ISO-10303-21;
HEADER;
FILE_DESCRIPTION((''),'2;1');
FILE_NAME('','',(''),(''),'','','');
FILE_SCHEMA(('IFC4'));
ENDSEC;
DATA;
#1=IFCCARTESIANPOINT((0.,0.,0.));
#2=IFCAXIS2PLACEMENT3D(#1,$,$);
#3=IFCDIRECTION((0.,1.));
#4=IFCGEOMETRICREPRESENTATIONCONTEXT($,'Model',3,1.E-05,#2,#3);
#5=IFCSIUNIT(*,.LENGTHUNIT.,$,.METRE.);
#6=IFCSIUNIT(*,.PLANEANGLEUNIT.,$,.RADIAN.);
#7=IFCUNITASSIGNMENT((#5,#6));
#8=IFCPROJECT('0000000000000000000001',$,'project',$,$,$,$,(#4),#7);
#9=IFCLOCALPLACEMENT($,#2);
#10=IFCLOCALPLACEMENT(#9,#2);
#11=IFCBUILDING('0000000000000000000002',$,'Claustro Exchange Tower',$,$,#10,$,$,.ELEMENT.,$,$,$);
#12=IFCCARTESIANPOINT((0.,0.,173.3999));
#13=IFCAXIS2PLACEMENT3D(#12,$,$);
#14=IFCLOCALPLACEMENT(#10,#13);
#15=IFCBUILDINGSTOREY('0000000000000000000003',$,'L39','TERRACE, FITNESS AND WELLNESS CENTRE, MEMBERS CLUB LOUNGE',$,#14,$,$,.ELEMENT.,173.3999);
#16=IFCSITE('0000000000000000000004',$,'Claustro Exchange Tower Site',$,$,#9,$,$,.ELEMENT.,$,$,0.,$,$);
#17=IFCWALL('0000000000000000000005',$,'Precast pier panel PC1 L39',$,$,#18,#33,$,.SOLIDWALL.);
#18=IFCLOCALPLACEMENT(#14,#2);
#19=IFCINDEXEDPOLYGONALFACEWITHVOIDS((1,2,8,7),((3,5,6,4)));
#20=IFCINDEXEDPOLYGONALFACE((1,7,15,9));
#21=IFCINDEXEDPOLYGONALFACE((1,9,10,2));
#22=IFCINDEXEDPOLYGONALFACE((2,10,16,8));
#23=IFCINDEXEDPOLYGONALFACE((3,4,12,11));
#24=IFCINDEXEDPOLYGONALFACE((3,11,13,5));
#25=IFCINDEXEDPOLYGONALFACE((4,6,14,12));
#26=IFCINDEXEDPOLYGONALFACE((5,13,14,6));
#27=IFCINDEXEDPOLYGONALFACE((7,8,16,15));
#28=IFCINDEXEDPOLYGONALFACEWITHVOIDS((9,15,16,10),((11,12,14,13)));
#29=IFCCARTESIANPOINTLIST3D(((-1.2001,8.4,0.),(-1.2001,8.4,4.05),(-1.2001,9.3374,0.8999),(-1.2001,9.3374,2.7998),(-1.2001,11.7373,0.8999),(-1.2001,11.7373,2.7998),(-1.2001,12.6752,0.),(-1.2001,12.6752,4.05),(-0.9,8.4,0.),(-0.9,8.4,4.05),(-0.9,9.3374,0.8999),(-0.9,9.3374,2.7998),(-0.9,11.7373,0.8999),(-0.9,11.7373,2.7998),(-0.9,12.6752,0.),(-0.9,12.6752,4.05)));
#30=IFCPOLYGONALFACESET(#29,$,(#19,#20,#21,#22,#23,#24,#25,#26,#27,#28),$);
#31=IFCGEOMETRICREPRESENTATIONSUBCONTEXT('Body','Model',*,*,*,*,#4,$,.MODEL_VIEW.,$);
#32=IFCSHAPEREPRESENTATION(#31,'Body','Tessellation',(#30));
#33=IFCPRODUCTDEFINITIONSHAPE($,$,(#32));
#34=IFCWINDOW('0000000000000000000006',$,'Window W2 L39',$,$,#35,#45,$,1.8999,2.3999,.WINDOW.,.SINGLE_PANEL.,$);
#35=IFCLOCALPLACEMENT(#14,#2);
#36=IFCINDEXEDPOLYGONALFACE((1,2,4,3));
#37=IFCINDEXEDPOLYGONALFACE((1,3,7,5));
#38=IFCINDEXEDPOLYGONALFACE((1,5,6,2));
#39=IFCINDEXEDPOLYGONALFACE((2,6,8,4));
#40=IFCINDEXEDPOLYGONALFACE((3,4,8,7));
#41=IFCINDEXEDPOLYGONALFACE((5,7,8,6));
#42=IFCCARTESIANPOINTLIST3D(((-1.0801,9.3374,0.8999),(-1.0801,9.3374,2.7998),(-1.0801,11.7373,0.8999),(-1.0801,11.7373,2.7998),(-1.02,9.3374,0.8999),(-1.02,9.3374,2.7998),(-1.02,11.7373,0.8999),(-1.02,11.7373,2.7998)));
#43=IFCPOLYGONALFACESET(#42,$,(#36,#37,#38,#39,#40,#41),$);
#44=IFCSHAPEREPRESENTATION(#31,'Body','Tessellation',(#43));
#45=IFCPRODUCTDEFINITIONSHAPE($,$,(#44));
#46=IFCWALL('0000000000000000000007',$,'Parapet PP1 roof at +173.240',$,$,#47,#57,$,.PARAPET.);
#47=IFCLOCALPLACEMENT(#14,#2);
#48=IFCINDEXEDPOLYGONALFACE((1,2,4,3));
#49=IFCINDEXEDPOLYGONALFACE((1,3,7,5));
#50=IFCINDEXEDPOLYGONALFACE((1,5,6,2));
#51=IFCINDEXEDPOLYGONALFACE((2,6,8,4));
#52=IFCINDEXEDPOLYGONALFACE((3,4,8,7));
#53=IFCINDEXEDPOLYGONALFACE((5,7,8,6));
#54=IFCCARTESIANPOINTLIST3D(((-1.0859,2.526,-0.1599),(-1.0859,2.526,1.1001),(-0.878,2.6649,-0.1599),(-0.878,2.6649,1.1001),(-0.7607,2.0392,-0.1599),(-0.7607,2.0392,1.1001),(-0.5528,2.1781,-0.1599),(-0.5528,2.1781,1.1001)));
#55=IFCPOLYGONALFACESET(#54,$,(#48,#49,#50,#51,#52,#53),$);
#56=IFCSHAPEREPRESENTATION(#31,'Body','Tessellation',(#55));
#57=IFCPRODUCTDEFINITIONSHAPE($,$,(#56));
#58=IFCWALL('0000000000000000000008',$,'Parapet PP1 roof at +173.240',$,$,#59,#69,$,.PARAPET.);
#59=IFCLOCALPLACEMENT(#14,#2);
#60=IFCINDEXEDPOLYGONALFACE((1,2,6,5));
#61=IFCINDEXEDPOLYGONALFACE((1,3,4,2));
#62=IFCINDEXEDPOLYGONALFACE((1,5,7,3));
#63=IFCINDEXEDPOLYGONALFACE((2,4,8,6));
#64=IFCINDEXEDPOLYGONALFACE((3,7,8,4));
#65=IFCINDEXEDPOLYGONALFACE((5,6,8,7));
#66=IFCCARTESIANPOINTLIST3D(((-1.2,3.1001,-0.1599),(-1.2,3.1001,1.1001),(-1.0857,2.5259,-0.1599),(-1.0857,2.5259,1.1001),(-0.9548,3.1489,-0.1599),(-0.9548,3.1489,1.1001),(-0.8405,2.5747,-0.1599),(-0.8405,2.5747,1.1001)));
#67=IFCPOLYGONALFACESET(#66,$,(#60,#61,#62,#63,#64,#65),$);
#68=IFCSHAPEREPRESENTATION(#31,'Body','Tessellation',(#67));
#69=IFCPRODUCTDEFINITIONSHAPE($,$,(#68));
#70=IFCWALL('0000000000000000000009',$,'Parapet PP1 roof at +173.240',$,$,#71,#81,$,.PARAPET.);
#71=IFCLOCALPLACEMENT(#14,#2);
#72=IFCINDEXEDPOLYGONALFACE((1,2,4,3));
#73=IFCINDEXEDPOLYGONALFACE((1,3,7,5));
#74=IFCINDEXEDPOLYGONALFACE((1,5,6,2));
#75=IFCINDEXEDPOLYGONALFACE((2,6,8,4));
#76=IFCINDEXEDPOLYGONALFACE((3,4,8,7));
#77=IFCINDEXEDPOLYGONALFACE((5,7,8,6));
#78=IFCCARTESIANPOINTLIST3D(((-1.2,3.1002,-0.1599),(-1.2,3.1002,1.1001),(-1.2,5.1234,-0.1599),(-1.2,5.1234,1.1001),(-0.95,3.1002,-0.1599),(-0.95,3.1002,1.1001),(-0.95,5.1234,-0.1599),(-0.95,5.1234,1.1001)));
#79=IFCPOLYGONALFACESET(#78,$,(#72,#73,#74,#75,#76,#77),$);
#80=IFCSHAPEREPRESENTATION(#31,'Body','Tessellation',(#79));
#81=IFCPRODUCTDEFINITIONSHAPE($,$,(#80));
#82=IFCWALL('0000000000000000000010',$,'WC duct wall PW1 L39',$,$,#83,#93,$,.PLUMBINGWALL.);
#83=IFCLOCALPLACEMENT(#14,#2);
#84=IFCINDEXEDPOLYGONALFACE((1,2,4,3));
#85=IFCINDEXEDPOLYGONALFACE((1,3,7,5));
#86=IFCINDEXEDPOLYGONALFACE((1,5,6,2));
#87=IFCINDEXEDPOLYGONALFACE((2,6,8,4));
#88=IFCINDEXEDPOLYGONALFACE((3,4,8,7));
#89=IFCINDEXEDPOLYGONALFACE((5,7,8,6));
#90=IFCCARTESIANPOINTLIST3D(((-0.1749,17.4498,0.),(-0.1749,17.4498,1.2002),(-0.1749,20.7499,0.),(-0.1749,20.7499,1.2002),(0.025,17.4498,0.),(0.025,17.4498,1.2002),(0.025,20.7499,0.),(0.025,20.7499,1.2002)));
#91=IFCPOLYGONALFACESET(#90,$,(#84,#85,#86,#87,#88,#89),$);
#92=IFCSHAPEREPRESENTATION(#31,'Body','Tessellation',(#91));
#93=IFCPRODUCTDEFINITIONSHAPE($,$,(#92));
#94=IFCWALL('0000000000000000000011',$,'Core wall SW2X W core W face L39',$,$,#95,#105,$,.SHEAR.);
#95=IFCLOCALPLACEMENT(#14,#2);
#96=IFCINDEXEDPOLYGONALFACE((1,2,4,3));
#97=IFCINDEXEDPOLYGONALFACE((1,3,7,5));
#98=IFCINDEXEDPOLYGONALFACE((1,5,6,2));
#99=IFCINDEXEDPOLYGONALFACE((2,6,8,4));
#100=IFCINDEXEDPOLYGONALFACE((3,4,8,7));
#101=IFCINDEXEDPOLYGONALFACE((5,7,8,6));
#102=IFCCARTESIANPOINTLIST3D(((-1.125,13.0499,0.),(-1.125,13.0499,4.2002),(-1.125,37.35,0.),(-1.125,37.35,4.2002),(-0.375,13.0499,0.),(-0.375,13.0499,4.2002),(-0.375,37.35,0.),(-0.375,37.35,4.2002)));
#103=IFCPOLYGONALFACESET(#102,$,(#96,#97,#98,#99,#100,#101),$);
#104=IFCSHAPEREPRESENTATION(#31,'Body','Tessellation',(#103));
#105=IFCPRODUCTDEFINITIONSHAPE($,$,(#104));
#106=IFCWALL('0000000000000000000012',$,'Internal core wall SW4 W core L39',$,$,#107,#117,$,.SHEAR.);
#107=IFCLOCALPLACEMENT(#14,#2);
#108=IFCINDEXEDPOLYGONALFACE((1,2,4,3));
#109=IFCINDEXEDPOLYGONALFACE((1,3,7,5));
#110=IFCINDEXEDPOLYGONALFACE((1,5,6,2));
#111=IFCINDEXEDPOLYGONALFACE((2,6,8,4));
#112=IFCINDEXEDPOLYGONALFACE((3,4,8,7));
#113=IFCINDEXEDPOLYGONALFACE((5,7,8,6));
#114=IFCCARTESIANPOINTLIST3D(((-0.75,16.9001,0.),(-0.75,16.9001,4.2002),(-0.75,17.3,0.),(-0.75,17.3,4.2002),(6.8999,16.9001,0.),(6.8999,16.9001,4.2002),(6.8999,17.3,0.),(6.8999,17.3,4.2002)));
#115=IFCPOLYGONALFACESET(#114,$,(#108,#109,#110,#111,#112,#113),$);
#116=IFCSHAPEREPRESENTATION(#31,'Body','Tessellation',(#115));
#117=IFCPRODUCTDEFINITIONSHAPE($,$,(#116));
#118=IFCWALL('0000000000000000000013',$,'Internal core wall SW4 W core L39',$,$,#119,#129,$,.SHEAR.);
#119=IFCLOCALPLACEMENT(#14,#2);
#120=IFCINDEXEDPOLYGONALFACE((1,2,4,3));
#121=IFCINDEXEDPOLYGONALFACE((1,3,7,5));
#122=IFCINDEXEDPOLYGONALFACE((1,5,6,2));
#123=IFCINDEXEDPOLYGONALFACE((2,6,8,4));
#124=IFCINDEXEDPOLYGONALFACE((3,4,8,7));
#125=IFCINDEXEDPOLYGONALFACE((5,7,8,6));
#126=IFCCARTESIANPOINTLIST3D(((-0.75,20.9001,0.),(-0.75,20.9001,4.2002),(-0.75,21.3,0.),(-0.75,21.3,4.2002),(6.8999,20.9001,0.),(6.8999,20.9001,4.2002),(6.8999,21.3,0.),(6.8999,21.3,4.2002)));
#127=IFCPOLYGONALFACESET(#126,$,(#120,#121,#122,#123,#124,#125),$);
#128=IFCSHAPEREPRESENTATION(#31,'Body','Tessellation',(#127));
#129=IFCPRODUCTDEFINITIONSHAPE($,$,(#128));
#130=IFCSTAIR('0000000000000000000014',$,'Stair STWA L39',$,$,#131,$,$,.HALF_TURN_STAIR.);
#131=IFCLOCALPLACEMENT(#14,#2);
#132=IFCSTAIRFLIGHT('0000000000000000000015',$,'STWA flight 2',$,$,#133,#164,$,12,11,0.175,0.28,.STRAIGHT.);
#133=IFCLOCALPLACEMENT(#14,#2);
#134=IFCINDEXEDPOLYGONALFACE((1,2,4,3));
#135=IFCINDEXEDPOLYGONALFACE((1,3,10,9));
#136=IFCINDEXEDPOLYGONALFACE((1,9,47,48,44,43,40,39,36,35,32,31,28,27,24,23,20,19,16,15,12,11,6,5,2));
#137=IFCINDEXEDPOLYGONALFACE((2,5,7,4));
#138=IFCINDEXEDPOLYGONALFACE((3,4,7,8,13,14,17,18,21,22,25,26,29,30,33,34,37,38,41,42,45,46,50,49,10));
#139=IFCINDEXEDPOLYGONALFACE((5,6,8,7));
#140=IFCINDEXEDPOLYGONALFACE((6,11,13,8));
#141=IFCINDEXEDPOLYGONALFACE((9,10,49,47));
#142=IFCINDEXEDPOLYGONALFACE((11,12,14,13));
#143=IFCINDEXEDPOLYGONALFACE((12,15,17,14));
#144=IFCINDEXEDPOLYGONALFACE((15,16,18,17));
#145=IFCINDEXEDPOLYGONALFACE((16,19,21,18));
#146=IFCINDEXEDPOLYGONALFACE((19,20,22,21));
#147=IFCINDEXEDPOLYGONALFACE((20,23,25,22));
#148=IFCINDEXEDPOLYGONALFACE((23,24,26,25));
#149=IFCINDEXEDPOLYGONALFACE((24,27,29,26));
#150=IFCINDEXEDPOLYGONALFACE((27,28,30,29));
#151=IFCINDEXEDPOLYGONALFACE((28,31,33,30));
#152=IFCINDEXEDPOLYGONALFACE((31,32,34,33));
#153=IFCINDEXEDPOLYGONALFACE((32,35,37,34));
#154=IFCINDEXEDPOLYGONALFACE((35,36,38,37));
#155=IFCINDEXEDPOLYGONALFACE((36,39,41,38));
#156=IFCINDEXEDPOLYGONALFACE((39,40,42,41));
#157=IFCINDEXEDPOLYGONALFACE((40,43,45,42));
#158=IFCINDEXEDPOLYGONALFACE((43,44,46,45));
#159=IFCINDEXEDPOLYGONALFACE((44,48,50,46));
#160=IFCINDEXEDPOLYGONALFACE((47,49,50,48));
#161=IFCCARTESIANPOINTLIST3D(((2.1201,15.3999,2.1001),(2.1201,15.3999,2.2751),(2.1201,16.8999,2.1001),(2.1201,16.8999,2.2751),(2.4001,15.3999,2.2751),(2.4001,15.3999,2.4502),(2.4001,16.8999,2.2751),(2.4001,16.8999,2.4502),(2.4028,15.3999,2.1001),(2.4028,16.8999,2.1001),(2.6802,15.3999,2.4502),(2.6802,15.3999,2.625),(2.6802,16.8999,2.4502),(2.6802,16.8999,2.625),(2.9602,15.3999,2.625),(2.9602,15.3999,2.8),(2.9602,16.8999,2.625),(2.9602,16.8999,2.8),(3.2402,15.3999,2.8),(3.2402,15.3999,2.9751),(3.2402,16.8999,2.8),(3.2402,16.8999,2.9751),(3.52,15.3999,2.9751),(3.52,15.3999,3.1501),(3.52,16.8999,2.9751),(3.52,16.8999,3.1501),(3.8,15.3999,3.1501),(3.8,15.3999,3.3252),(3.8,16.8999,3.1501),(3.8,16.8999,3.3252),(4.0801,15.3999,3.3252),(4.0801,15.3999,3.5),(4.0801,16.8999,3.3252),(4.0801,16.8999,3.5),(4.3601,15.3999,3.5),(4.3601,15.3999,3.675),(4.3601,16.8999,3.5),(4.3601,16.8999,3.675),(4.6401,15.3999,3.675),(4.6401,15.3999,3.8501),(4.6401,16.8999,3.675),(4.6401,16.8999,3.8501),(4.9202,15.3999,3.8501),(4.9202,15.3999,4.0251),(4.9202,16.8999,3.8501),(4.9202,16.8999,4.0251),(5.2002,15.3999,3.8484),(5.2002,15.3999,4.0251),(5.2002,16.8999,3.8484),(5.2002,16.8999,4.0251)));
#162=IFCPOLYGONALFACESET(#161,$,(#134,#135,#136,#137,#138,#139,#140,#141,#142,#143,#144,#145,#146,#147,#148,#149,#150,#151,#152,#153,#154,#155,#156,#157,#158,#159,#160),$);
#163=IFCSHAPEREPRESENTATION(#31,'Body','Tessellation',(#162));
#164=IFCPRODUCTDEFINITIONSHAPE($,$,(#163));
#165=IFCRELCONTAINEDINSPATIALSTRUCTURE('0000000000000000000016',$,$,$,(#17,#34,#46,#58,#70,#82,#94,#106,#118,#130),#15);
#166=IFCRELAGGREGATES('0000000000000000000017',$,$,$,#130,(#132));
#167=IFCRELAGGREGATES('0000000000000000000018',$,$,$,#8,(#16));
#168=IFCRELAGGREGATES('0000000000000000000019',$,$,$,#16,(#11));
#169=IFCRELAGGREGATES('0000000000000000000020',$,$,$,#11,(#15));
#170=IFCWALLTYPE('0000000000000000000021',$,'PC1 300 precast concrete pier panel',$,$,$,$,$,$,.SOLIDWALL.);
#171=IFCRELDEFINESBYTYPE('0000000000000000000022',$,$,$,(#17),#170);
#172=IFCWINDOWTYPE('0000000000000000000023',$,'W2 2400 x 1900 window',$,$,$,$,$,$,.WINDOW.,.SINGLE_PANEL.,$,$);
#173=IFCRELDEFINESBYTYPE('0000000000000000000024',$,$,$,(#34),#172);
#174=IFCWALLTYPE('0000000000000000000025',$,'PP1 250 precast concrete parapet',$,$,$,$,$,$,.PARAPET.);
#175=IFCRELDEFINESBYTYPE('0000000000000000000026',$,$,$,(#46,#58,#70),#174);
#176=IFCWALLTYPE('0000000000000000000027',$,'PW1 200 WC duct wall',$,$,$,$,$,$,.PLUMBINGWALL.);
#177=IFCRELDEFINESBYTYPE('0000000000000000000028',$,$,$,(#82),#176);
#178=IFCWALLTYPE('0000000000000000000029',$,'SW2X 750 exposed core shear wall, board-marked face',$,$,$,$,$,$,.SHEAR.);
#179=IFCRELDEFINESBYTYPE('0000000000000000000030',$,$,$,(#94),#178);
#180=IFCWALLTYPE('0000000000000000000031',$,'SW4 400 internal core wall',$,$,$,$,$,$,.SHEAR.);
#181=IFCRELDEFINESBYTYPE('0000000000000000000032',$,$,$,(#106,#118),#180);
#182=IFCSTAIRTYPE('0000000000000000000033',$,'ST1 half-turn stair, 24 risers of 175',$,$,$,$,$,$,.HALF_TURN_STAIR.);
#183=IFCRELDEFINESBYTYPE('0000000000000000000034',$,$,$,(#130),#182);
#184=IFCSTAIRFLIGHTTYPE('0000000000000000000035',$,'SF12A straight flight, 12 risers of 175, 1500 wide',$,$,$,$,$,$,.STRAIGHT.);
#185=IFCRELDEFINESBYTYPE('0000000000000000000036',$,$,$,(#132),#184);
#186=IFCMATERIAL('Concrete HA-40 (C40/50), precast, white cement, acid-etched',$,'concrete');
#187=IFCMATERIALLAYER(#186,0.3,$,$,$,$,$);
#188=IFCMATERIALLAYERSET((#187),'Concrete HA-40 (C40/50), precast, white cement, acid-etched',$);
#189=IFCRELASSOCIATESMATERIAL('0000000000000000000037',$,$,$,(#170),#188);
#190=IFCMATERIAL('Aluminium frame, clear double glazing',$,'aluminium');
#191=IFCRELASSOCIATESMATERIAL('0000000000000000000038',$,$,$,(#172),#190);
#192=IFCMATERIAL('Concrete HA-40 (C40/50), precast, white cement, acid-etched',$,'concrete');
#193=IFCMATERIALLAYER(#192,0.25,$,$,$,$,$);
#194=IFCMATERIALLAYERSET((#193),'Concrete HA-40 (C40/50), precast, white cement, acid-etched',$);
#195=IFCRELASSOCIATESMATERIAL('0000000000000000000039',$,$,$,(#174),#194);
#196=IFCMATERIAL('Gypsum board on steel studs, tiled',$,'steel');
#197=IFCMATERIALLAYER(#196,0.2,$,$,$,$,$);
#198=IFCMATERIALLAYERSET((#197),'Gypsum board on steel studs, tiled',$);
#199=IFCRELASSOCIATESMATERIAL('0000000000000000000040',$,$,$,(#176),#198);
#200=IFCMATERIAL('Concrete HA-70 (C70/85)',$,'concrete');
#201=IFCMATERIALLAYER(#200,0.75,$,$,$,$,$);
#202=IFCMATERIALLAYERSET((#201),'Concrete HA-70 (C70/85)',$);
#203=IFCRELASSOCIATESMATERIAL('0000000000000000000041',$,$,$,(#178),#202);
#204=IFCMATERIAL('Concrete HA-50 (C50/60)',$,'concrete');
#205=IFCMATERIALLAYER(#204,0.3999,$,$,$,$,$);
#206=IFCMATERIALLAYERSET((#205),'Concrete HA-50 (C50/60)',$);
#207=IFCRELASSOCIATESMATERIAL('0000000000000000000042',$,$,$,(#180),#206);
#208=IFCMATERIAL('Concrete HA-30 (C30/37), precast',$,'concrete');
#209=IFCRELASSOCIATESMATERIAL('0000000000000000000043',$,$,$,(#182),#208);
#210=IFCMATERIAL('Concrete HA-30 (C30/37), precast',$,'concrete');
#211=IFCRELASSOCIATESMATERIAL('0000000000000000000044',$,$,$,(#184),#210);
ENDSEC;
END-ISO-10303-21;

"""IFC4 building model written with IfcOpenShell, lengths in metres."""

from ifc_helpers import new_model, si_unit, direction, frame, frame_2d, origin, place, context, subcontext, project, spatial, polyline, rectangle, outline, extrude, material, layer, layer_set, type_object, element, fill, aggregate, save


model = new_model("IFC4")

# Units and contexts
model_context = context("Model", 3, precision=1e-05, world=origin(), true_north=direction((0.0, 1.0)))
body_context = subcontext(model_context, "Body", "Model", "MODEL_VIEW")
ifc_project = project(units=[si_unit("LENGTHUNIT", "METRE"), si_unit("PLANEANGLEUNIT", "RADIAN")], contexts=[model_context])

# Site, building, storey
site_placement = place(None, origin())
site = spatial("IfcSite", under=ifc_project, at=site_placement, Name="Claustro Exchange Tower Site", CompositionType="ELEMENT", RefElevation=0.0)
building_placement = place(site_placement, origin())
building = spatial("IfcBuilding", under=site, at=building_placement, Name="Claustro Exchange Tower", CompositionType="ELEMENT")
storey_placement = place(building_placement, frame((0.0, 0.0, 173.3999)))
storey = spatial("IfcBuildingStorey", under=building, at=storey_placement, Name="L39", Description="TERRACE, FITNESS AND WELLNESS CENTRE, MEMBERS CLUB LOUNGE", CompositionType="ELEMENT", Elevation=173.3999)

# Shared definitions
ifc_material_1 = material(Name="Concrete HA-40 (C40/50), precast, white cement, acid-etched", Category="concrete")
ifc_layer_1 = layer(ifc_material_1, 0.3)
ifc_layer_set_1 = layer_set([ifc_layer_1], Name="Concrete HA-40 (C40/50), precast, white cement, acid-etched")
wall_type_1 = type_object("IfcWallType", Name="PC1 300 precast concrete pier panel", PredefinedType="SOLIDWALL", material=ifc_layer_set_1)

# Wall, opening, window
wall_1_placement = place(storey_placement, frame((-1.05, 8.3999, 0.0), z_axis=(0.0, 0.0, 1.0), x_axis=(0.0, 1.0, 0.0)))
wall_1 = element("IfcWall", 1, at=wall_1_placement, inside=storey, type_object=wall_type_1, Name="Precast pier panel PC1 L39", PredefinedType="SOLIDWALL", context=body_context, shape_type="SweptSolid", body=[
    extrude(rectangle(XDim=4.2751, YDim=0.3, at=frame_2d((2.1377, 0.0))), origin(), (0.0, 0.0, 1.0), 4.05),
])
opening_1_placement = place(wall_1_placement, frame((0.9375, 0.0, 0.8999)))
opening_1 = element("IfcOpeningElement", 2, at=opening_1_placement, cuts=wall_1, PredefinedType="OPENING", context=body_context, shape_type="SweptSolid", body=[
    extrude(rectangle(XDim=2.3999, YDim=1.8999, at=frame_2d((1.2, 0.95))), frame((0.0, 0.1599, 0.0), z_axis=(0.0, -1.0, 0.0), x_axis=(1.0, 0.0, 0.0)), (0.0, 0.0, 1.0), 0.3201),
])
ifc_material_2 = material(Name="Aluminium frame, clear double glazing", Category="aluminium")
window_type = type_object("IfcWindowType", Name="W2 2400 x 1900 window", PartitioningType="SINGLE_PANEL", PredefinedType="WINDOW", material=ifc_material_2)
window_placement = place(opening_1_placement, origin())
window = element("IfcWindow", 3, at=window_placement, inside=storey, type_object=window_type, Name="Window W2 L39", OverallHeight=1.8999, OverallWidth=2.3999, PartitioningType="SINGLE_PANEL", PredefinedType="WINDOW", context=body_context, shape_type="SweptSolid", body=[
    extrude(rectangle(XDim=2.3999, YDim=1.8999, at=frame_2d((1.2, 0.95))), frame((0.0, 0.03, 0.0), z_axis=(0.0, -1.0, 0.0), x_axis=(1.0, 0.0, 0.0)), (0.0, 0.0, 1.0), 0.0601),
])
fill(opening_1, window)

# Walls
ifc_material_3 = material(Name="Concrete HA-40 (C40/50), precast, white cement, acid-etched", Category="concrete")
ifc_layer_2 = layer(ifc_material_3, 0.25)
ifc_layer_set_2 = layer_set([ifc_layer_2], Name="Concrete HA-40 (C40/50), precast, white cement, acid-etched")
wall_type_2 = type_object("IfcWallType", Name="PP1 250 precast concrete parapet", PredefinedType="PARAPET", material=ifc_layer_set_2)
for number, where, z_axis, x_axis, name in (
    (4, (-0.6567, 2.1086, -0.1599), (0.0, 0.0, 1.0), (-0.55547, 0.831537, 0.0), "Parapet PP1 roof at +173.240"),
    (5, (-0.9631, 2.5503, -0.1599), (0.0, 0.0, 1.0), (-0.195154, 0.980773, 0.0), "Parapet PP1 roof at +173.240"),
):
    element("IfcWall", number, at=place(storey_placement, frame(where, z_axis=z_axis, x_axis=x_axis)), inside=storey, type_object=wall_type_2, Name=name, PredefinedType="PARAPET", context=body_context, shape_type="SweptSolid", body=[
        extrude(rectangle(XDim=0.5854, YDim=0.25, at=frame_2d((0.2927, 0.0))), origin(), (0.0, 0.0, 1.0), 1.26),
    ])
wall_2_placement = place(storey_placement, frame((-1.075, 3.1001, -0.1599), z_axis=(0.0, 0.0, 1.0), x_axis=(0.0, 1.0, 0.0)))
element("IfcWall", 6, at=wall_2_placement, inside=storey, type_object=wall_type_2, Name="Parapet PP1 roof at +173.240", PredefinedType="PARAPET", context=body_context, shape_type="SweptSolid", body=[
    extrude(rectangle(XDim=2.0232, YDim=0.25, at=frame_2d((1.0117, 0.0))), origin(), (0.0, 0.0, 1.0), 1.26),
])
ifc_material_4 = material(Name="Gypsum board on steel studs, tiled", Category="steel")
ifc_layer_3 = layer(ifc_material_4, 0.2)
ifc_layer_set_3 = layer_set([ifc_layer_3], Name="Gypsum board on steel studs, tiled")
wall_type_3 = type_object("IfcWallType", Name="PW1 200 WC duct wall", PredefinedType="PLUMBINGWALL", material=ifc_layer_set_3)
wall_3_placement = place(storey_placement, frame((-0.075, 17.45, 0.0), z_axis=(0.0, 0.0, 1.0), x_axis=(0.0, 1.0, 0.0)))
element("IfcWall", 7, at=wall_3_placement, inside=storey, type_object=wall_type_3, Name="WC duct wall PW1 L39", PredefinedType="PLUMBINGWALL", context=body_context, shape_type="SweptSolid", body=[
    extrude(rectangle(XDim=3.3, YDim=0.2, at=frame_2d((1.6499, 0.0))), origin(), (0.0, 0.0, 1.0), 1.2002),
])

# Walls
ifc_material_5 = material(Name="Concrete HA-70 (C70/85)", Category="concrete")
ifc_layer_4 = layer(ifc_material_5, 0.75)
ifc_layer_set_4 = layer_set([ifc_layer_4], Name="Concrete HA-70 (C70/85)")
wall_type_4 = type_object("IfcWallType", Name="SW2X 750 exposed core shear wall, board-marked face", PredefinedType="SHEAR", material=ifc_layer_set_4)
wall_4_placement = place(storey_placement, frame((-0.75, 13.05, 0.0), z_axis=(0.0, 0.0, 1.0), x_axis=(0.0, 1.0, 0.0)))
element("IfcWall", 8, at=wall_4_placement, inside=storey, type_object=wall_type_4, Name="Core wall SW2X W core W face L39", PredefinedType="SHEAR", context=body_context, shape_type="SweptSolid", body=[
    extrude(rectangle(XDim=24.3, YDim=0.75, at=frame_2d((12.1499, 0.0))), origin(), (0.0, 0.0, 1.0), 4.2002),
])
ifc_material_6 = material(Name="Concrete HA-50 (C50/60)", Category="concrete")
ifc_layer_5 = layer(ifc_material_6, 0.3999)
ifc_layer_set_5 = layer_set([ifc_layer_5], Name="Concrete HA-50 (C50/60)")
wall_type_5 = type_object("IfcWallType", Name="SW4 400 internal core wall", PredefinedType="SHEAR", material=ifc_layer_set_5)
for number, where, z_axis, x_axis, name in (
    (9, (-0.75, 17.1001, 0.0), (0.0, 0.0, 1.0), (1.0, 0.0, 0.0), "Internal core wall SW4 W core L39"),
    (10, (-0.75, 21.1001, 0.0), (0.0, 0.0, 1.0), (1.0, 0.0, 0.0), "Internal core wall SW4 W core L39"),
):
    element("IfcWall", number, at=place(storey_placement, frame(where, z_axis=z_axis, x_axis=x_axis)), inside=storey, type_object=wall_type_5, Name=name, PredefinedType="SHEAR", context=body_context, shape_type="SweptSolid", body=[
        extrude(rectangle(XDim=7.6499, YDim=0.3999, at=frame_2d((3.825, 0.0))), origin(), (0.0, 0.0, 1.0), 4.2002),
    ])

# Stair, stair flight
ifc_material_7 = material(Name="Concrete HA-30 (C30/37), precast", Category="concrete")
stair_type = type_object("IfcStairType", Name="ST1 half-turn stair, 24 risers of 175", PredefinedType="HALF_TURN_STAIR", material=ifc_material_7)
stair_placement = place(storey_placement, origin())
stair = element("IfcStair", 11, at=stair_placement, inside=storey, type_object=stair_type, Name="Stair STWA L39", PredefinedType="HALF_TURN_STAIR")
ifc_material_8 = material(Name="Concrete HA-30 (C30/37), precast", Category="concrete")
stair_flight_type = type_object("IfcStairFlightType", Name="SF12A straight flight, 12 risers of 175, 1500 wide", PredefinedType="STRAIGHT", material=ifc_material_8)
stair_flight_placement = place(storey_placement, frame((2.1201, 16.1499, 2.1001), z_axis=(0.0, 0.0, 1.0), x_axis=(1.0, 0.0, 0.0)))
stair_flight = element("IfcStairFlight", 12, at=stair_flight_placement, type_object=stair_flight_type, Name="STWA flight 2", NumberOfRisers=12, NumberOfTreads=11, PredefinedType="STRAIGHT", RiserHeight=0.175, TreadLength=0.28, context=body_context, shape_type="SweptSolid", body=[
    extrude(outline(polyline([(0.0, 0.0), (0.0, 0.175), (0.28, 0.175), (0.28, 0.3501), (0.5601, 0.3501), (0.5601, 0.5249), (0.8401, 0.5249), (0.8401, 0.7), (1.1201, 0.7), (1.1201, 0.875), (1.3999, 0.875), (1.3999, 1.05), (1.6799, 1.05), (1.6799, 1.2251), (1.96, 1.2251), (1.96, 1.3999), (2.24, 1.3999), (2.24, 1.575), (2.52, 1.575), (2.52, 1.75), (2.8, 1.75), (2.8, 1.925), (3.0801, 1.925), (3.0801, 2.1001), (3.0801, 1.7483), (0.2827, 0.0), (0.0, 0.0)])), frame((0.0, 0.75, 0.0), z_axis=(0.0, -1.0, 0.0), x_axis=(1.0, 0.0, 0.0)), (0.0, 0.0, 1.0), 1.5),
])
aggregate(stair, [stair_flight])

save(model, "model.ifc")
